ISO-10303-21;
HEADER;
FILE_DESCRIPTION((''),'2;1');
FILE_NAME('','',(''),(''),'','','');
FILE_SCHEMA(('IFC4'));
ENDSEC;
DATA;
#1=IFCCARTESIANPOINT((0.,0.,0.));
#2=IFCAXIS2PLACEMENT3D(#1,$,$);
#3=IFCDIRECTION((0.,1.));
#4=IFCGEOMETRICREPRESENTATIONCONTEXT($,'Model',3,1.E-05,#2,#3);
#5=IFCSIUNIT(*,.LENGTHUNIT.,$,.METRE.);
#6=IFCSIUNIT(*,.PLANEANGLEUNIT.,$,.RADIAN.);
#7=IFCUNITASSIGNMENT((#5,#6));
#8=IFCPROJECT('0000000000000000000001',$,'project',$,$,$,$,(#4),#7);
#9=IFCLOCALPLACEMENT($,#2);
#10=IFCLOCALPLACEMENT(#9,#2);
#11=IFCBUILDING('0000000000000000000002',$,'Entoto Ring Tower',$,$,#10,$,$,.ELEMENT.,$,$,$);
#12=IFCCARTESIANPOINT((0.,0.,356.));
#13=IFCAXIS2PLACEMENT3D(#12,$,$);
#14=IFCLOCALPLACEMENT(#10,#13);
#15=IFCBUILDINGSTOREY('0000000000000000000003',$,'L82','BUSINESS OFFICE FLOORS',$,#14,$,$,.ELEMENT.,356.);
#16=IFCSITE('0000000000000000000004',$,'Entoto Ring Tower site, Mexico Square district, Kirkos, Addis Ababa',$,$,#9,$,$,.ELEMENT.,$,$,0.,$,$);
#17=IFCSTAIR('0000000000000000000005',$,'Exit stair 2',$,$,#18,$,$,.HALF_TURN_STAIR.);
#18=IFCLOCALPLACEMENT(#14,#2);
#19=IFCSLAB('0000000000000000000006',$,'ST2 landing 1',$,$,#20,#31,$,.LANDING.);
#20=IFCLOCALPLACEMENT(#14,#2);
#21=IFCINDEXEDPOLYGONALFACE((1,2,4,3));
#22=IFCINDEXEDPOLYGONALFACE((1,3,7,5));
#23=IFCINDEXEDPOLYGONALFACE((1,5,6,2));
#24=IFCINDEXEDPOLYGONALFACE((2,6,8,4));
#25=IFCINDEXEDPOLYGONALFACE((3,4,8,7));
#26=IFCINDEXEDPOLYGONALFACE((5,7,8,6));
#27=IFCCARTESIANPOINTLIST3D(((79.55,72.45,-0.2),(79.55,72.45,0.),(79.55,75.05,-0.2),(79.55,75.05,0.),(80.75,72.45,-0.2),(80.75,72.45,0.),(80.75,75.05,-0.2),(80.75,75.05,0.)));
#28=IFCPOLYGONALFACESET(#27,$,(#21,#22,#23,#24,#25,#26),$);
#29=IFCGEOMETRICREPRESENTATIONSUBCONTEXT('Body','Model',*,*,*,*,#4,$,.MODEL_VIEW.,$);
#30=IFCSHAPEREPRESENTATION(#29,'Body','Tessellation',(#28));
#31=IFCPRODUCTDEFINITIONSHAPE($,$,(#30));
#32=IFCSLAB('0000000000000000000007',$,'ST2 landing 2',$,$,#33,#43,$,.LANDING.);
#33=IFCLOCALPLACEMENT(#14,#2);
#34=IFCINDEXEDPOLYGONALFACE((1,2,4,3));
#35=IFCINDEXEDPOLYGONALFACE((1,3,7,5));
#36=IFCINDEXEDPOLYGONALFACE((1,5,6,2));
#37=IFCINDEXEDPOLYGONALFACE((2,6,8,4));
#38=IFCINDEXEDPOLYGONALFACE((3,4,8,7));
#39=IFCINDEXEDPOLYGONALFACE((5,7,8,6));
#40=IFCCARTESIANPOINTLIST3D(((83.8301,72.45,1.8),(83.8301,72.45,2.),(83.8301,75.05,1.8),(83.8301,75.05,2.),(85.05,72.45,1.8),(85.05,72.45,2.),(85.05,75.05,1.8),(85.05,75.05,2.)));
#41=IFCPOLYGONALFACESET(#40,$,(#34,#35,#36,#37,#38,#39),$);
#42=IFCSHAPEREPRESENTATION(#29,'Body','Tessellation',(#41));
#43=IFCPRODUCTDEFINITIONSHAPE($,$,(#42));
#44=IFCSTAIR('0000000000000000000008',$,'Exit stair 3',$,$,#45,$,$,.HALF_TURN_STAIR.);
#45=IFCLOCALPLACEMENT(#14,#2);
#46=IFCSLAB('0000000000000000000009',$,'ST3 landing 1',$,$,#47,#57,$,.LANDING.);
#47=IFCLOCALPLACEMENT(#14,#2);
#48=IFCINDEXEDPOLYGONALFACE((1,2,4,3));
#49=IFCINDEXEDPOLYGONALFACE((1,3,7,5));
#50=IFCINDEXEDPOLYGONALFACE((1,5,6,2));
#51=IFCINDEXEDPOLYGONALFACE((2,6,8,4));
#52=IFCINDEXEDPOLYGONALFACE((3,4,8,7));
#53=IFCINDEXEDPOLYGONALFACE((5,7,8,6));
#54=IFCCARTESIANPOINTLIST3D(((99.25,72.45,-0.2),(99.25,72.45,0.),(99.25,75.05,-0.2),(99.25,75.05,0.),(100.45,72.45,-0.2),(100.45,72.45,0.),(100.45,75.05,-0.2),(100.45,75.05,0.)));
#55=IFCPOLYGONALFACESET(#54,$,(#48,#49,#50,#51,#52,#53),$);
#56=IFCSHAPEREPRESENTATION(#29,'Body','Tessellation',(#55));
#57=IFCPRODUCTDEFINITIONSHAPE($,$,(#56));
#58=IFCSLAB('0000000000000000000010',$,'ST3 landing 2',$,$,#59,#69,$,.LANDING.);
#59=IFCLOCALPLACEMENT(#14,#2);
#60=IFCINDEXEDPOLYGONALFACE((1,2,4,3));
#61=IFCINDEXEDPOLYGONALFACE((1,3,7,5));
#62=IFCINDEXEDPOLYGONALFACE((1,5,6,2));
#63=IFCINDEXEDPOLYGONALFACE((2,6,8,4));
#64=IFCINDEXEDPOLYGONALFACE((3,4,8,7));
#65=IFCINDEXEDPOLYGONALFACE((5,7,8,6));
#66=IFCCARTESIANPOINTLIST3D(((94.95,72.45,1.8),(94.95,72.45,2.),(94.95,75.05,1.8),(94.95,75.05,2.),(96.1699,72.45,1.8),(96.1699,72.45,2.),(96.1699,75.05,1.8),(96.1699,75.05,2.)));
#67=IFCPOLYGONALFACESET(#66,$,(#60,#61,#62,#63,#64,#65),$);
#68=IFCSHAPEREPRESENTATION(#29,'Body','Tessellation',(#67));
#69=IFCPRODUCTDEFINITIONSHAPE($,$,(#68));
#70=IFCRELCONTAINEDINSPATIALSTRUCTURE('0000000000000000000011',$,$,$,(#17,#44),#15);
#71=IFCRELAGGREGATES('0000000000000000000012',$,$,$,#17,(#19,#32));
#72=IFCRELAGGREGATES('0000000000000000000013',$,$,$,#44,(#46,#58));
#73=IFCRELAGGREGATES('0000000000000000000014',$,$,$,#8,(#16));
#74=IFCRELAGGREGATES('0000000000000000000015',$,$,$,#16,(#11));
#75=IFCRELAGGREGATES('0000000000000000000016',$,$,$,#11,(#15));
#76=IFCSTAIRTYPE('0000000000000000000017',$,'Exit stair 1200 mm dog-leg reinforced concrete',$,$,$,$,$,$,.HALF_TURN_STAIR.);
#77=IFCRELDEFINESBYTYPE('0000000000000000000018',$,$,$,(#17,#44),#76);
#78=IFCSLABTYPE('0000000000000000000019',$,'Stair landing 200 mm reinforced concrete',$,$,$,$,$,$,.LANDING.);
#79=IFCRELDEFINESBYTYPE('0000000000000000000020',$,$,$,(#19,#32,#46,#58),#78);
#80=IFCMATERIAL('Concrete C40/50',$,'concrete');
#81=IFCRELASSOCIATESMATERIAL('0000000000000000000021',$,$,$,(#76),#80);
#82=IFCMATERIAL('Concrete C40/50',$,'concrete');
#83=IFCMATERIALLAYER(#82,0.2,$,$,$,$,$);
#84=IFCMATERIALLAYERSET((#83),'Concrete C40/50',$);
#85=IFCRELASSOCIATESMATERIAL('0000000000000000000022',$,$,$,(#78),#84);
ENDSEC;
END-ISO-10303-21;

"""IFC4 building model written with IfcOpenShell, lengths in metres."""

from ifc_helpers import new_model, si_unit, direction, frame, origin, place, context, subcontext, project, spatial, polyline, outline, extrude, material, layer, layer_set, type_object, element, aggregate, save


model = new_model("IFC4")

# Units and contexts
model_context = context("Model", 3, precision=1e-05, world=origin(), true_north=direction((0.0, 1.0)))
body_context = subcontext(model_context, "Body", "Model", "MODEL_VIEW")
ifc_project = project(units=[si_unit("LENGTHUNIT", "METRE"), si_unit("PLANEANGLEUNIT", "RADIAN")], contexts=[model_context])

# Site, building, storey
site_placement = place(None, origin())
site = spatial("IfcSite", under=ifc_project, at=site_placement, Name="Entoto Ring Tower site, Mexico Square district, Kirkos, Addis Ababa", CompositionType="ELEMENT", RefElevation=0.0)
building_placement = place(site_placement, origin())
building = spatial("IfcBuilding", under=site, at=building_placement, Name="Entoto Ring Tower", CompositionType="ELEMENT")
storey_placement = place(building_placement, frame((0.0, 0.0, 356.0)))
storey = spatial("IfcBuildingStorey", under=building, at=storey_placement, Name="L82", Description="BUSINESS OFFICE FLOORS", CompositionType="ELEMENT", Elevation=356.0)

# Shared definitions
ifc_material_1 = material(Name="Concrete C40/50", Category="concrete")
stair_type = type_object("IfcStairType", Name="Exit stair 1200 mm dog-leg reinforced concrete", PredefinedType="HALF_TURN_STAIR", material=ifc_material_1)
ifc_material_2 = material(Name="Concrete C40/50", Category="concrete")
ifc_layer_1 = layer(ifc_material_2, 0.2)
ifc_layer_set_1 = layer_set([ifc_layer_1], Name="Concrete C40/50")
slab_type_1 = type_object("IfcSlabType", Name="Stair landing 200 mm reinforced concrete", PredefinedType="LANDING", material=ifc_layer_set_1)

# Stairs, slabs
stair_1_placement = place(storey_placement, origin())
stair_1 = element("IfcStair", 1, at=stair_1_placement, inside=storey, type_object=stair_type, Name="Exit stair 2", PredefinedType="HALF_TURN_STAIR")
slab_1_placement = place(storey_placement, frame((0.0, 0.0, -0.2)))
slab_1 = element("IfcSlab", 2, at=slab_1_placement, type_object=slab_type_1, Name="ST2 landing 1", PredefinedType="LANDING", context=body_context, shape_type="SweptSolid", body=[
    extrude(outline(polyline([(80.75, 72.45), (80.75, 75.05), (79.55, 75.05), (79.55, 72.45), (80.75, 72.45)])), origin(), (0.0, 0.0, 1.0), 0.2),
])
slab_2_placement = place(storey_placement, frame((0.0, 0.0, 1.8)))
slab_2 = element("IfcSlab", 3, at=slab_2_placement, type_object=slab_type_1, Name="ST2 landing 2", PredefinedType="LANDING", context=body_context, shape_type="SweptSolid", body=[
    extrude(outline(polyline([(83.8301, 72.45), (85.05, 72.45), (85.05, 75.05), (83.8301, 75.05), (83.8301, 72.45)])), origin(), (0.0, 0.0, 1.0), 0.2),
])
aggregate(stair_1, [slab_1, slab_2])
stair_2_placement = place(storey_placement, origin())
stair_2 = element("IfcStair", 4, at=stair_2_placement, inside=storey, type_object=stair_type, Name="Exit stair 3", PredefinedType="HALF_TURN_STAIR")
slab_3_placement = place(storey_placement, frame((0.0, 0.0, -0.2)))
slab_3 = element("IfcSlab", 5, at=slab_3_placement, type_object=slab_type_1, Name="ST3 landing 1", PredefinedType="LANDING", context=body_context, shape_type="SweptSolid", body=[
    extrude(outline(polyline([(100.45, 72.45), (100.45, 75.05), (99.25, 75.05), (99.25, 72.45), (100.45, 72.45)])), origin(), (0.0, 0.0, 1.0), 0.2),
])
slab_4_placement = place(storey_placement, frame((0.0, 0.0, 1.8)))
slab_4 = element("IfcSlab", 6, at=slab_4_placement, type_object=slab_type_1, Name="ST3 landing 2", PredefinedType="LANDING", context=body_context, shape_type="SweptSolid", body=[
    extrude(outline(polyline([(94.95, 72.45), (96.1699, 72.45), (96.1699, 75.05), (94.95, 75.05), (94.95, 72.45)])), origin(), (0.0, 0.0, 1.0), 0.2),
])
aggregate(stair_2, [slab_3, slab_4])

save(model, "model.ifc")
